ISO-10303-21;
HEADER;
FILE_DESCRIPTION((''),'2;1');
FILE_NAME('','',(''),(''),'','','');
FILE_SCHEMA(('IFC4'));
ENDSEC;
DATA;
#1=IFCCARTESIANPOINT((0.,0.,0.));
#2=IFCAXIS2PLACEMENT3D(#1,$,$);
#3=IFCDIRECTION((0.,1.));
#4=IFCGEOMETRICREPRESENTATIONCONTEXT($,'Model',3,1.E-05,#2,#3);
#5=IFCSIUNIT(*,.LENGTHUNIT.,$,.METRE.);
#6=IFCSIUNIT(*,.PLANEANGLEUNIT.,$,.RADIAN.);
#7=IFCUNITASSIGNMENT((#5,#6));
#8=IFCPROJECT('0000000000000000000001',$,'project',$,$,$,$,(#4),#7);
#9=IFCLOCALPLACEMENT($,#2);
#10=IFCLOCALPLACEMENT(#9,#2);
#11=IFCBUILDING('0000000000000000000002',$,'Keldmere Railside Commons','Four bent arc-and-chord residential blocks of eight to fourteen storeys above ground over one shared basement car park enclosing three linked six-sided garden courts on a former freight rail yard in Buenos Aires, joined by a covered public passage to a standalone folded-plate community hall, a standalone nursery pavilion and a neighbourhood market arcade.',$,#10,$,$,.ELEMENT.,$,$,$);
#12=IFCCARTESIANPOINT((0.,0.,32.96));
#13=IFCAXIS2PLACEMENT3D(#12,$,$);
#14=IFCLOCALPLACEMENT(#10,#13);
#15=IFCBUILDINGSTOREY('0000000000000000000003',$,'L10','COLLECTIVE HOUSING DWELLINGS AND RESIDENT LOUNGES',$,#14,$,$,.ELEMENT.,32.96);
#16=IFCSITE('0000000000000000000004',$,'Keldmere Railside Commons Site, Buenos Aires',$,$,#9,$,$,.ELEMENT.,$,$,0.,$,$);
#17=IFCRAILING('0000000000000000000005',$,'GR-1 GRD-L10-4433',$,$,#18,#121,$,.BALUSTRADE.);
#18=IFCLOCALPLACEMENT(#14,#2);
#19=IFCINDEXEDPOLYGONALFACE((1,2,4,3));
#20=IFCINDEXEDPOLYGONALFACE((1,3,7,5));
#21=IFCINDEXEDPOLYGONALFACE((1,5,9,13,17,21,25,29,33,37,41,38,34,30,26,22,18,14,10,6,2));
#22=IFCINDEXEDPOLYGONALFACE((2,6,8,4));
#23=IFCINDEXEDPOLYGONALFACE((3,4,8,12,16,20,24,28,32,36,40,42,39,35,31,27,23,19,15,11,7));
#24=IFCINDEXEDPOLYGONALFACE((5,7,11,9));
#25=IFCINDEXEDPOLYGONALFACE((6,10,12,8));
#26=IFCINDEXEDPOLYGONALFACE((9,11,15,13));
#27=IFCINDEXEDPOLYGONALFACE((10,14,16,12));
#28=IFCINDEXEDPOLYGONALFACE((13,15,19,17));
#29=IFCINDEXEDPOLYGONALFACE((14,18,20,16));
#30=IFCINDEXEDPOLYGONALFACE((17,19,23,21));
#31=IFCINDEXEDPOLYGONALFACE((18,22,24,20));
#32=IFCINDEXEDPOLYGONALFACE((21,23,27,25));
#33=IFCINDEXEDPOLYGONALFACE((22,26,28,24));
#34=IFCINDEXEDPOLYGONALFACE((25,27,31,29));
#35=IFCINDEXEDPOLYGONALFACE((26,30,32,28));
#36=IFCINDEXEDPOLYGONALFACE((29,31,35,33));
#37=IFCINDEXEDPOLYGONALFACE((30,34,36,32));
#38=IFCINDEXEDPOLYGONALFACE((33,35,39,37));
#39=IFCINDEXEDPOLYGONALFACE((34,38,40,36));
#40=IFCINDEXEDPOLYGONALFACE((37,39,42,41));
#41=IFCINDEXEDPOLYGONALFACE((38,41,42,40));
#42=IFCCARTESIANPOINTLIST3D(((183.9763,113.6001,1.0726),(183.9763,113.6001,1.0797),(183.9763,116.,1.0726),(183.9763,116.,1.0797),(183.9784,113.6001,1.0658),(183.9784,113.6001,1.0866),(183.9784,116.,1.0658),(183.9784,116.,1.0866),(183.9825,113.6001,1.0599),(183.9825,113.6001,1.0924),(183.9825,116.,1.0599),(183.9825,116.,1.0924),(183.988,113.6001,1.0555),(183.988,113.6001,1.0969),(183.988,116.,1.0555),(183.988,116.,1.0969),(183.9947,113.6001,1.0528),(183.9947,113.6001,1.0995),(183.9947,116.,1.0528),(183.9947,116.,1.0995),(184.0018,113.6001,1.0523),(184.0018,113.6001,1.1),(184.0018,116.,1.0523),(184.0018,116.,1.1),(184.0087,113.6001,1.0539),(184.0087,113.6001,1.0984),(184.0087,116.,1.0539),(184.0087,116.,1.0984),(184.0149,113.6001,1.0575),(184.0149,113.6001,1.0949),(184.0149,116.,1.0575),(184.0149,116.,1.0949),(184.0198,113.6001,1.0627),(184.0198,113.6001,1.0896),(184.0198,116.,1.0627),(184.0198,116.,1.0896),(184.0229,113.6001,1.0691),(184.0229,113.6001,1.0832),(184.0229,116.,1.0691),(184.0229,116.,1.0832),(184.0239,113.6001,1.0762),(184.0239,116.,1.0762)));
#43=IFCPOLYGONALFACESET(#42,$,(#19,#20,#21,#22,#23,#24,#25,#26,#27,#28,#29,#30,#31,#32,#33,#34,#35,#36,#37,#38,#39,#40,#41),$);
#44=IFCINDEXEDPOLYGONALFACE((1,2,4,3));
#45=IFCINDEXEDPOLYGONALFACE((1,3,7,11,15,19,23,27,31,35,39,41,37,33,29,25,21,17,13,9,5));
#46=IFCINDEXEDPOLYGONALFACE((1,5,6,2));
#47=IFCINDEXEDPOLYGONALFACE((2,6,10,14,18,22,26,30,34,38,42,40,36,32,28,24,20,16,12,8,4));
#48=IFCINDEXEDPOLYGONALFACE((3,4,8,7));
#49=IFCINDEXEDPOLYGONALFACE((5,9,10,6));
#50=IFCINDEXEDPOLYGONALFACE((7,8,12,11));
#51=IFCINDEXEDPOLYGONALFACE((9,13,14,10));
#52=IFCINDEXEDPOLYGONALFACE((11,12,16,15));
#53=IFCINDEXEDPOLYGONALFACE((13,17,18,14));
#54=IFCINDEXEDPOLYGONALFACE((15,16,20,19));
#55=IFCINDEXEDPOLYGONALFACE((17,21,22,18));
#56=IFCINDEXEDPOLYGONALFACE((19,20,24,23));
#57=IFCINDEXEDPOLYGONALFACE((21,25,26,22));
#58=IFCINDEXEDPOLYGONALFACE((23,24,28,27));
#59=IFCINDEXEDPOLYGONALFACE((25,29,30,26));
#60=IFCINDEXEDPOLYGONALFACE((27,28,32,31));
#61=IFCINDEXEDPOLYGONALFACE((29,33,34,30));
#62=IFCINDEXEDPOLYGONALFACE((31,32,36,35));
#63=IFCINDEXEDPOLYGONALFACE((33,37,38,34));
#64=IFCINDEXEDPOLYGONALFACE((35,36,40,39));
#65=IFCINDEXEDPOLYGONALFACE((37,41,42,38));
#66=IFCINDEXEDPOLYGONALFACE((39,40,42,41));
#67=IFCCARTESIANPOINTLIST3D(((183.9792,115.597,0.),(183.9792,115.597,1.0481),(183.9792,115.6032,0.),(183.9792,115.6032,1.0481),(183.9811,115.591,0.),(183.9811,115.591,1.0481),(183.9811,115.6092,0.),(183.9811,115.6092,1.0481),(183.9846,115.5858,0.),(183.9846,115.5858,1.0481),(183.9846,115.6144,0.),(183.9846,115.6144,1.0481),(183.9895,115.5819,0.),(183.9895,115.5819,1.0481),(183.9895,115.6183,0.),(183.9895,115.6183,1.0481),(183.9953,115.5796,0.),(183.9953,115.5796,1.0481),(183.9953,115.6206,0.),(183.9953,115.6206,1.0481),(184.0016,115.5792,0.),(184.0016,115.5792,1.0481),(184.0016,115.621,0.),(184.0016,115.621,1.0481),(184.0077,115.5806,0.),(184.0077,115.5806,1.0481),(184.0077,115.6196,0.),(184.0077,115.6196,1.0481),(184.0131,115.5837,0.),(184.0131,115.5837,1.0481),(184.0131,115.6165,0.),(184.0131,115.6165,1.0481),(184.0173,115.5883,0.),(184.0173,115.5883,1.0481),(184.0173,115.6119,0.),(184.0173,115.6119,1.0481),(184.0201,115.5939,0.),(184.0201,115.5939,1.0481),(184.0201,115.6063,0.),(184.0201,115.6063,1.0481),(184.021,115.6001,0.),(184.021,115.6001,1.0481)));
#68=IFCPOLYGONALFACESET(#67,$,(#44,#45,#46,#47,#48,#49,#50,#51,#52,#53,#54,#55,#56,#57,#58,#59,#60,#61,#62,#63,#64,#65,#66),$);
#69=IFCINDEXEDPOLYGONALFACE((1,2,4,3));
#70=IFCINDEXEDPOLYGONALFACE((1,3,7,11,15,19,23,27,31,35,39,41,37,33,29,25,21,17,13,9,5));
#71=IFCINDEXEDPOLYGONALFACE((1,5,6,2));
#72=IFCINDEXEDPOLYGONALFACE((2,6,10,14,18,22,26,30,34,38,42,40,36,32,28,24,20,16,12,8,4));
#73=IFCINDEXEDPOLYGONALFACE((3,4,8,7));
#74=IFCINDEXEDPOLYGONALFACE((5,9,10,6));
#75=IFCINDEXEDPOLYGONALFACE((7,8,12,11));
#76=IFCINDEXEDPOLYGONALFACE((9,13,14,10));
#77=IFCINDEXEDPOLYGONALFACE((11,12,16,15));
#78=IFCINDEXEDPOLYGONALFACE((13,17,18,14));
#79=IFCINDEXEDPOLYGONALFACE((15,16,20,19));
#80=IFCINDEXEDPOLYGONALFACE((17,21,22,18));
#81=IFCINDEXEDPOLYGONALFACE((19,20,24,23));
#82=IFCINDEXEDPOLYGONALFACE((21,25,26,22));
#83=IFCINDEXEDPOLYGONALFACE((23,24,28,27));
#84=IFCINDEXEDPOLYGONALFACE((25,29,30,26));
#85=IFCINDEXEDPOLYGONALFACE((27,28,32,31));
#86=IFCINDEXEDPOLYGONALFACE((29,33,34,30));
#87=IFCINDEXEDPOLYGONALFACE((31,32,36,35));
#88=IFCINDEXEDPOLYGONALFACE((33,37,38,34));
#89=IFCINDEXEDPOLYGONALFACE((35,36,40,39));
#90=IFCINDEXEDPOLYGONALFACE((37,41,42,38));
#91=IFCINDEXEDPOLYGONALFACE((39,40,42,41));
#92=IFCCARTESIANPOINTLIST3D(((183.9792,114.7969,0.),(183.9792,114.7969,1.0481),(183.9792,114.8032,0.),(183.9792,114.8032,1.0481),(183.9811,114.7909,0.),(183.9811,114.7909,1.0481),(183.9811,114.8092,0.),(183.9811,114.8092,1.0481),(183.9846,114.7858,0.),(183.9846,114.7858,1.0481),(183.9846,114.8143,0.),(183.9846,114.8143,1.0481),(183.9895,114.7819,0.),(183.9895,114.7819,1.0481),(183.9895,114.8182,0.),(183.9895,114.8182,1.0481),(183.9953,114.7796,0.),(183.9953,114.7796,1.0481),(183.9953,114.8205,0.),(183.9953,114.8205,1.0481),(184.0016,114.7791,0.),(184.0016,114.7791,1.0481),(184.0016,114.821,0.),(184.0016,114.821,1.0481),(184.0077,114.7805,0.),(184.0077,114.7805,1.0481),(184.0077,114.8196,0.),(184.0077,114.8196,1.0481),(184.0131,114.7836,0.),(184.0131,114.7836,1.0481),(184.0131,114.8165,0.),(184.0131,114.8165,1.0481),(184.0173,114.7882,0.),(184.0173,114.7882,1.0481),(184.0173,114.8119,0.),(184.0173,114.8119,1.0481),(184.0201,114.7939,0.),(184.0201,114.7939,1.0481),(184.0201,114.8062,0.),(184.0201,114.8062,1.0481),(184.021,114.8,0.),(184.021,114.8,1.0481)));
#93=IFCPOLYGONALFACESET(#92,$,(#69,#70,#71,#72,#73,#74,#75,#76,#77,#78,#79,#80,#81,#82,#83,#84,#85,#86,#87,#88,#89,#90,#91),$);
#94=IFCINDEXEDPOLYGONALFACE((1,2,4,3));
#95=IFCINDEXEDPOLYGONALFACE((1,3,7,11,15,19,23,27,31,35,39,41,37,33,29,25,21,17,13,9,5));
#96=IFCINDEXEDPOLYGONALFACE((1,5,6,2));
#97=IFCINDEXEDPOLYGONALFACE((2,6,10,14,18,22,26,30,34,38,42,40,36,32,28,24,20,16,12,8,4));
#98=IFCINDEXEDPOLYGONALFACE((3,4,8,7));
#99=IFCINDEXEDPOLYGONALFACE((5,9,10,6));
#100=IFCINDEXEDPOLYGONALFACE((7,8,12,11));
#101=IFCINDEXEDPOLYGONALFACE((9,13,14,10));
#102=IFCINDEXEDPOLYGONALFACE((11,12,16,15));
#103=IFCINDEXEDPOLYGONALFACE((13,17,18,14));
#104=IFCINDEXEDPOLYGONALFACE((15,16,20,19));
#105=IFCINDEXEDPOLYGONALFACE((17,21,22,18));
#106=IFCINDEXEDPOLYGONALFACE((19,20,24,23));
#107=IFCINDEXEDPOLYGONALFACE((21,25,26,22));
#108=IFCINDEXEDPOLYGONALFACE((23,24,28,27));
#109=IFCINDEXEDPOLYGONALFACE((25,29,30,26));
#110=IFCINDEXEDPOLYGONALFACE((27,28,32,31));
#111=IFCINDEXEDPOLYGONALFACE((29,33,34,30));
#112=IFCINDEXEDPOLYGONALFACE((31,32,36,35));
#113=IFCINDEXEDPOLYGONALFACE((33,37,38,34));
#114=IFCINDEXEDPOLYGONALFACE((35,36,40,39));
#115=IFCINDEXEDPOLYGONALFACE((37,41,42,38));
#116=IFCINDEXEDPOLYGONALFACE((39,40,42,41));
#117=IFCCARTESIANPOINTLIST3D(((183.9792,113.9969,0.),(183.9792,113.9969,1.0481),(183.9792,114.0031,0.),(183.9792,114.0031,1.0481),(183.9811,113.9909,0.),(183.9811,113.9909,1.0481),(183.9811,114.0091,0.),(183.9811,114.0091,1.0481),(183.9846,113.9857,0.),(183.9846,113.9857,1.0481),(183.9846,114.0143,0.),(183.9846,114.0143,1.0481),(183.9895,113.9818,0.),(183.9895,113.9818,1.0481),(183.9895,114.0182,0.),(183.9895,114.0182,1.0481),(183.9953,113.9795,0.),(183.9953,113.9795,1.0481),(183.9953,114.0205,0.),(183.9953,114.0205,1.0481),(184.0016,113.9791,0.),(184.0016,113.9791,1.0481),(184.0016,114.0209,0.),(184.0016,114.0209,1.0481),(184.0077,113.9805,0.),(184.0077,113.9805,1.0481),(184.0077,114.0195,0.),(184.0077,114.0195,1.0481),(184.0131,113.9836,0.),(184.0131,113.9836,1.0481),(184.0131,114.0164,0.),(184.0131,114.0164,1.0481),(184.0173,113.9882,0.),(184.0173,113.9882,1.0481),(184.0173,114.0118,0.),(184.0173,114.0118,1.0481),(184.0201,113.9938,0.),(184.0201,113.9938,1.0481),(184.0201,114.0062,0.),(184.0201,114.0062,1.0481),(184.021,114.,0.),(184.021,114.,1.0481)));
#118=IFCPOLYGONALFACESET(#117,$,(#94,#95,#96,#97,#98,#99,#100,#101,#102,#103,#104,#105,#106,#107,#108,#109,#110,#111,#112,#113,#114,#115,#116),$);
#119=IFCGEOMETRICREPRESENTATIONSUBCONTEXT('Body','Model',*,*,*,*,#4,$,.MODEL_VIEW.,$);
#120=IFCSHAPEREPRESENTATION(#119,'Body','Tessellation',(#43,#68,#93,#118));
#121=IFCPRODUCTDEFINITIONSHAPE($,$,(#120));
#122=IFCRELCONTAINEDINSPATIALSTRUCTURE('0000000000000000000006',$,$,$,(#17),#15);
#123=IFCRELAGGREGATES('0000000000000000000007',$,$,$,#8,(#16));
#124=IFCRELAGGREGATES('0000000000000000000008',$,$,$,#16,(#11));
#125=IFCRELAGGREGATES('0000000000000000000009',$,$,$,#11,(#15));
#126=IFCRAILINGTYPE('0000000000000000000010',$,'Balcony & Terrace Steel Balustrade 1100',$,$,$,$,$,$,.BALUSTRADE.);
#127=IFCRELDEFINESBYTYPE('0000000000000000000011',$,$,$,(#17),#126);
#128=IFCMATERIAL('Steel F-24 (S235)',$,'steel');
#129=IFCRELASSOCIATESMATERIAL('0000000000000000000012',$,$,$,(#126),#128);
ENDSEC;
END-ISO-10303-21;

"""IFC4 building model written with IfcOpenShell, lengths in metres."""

from ifc_helpers import new_model, si_unit, direction, frame, origin, origin_2d, place, context, subcontext, project, spatial, circle, extrude, material, type_object, element, save


model = new_model("IFC4")

# Units and contexts
model_context = context("Model", 3, precision=1e-05, world=origin(), true_north=direction((0.0, 1.0)))
body_context = subcontext(model_context, "Body", "Model", "MODEL_VIEW")
ifc_project = project(units=[si_unit("LENGTHUNIT", "METRE"), si_unit("PLANEANGLEUNIT", "RADIAN")], contexts=[model_context])

# Site, building, storey
site_placement = place(None, origin())
site = spatial("IfcSite", under=ifc_project, at=site_placement, Name="Keldmere Railside Commons Site, Buenos Aires", CompositionType="ELEMENT", RefElevation=0.0)
building_placement = place(site_placement, origin())
building = spatial("IfcBuilding", under=site, at=building_placement, Name="Keldmere Railside Commons", Description="Four bent arc-and-chord residential blocks of eight to fourteen storeys above ground over one shared basement car park enclosing three linked six-sided garden courts on a former freight rail yard in Buenos Aires, joined by a covered public passage to a standalone folded-plate community hall, a standalone nursery pavilion and a neighbourhood market arcade.", CompositionType="ELEMENT")
storey_placement = place(building_placement, frame((0.0, 0.0, 32.96)))
storey = spatial("IfcBuildingStorey", under=building, at=storey_placement, Name="L10", Description="COLLECTIVE HOUSING DWELLINGS AND RESIDENT LOUNGES", CompositionType="ELEMENT", Elevation=32.96)

# Railing
ifc_material_1 = material(Name="Steel F-24 (S235)", Category="steel")
railing_type = type_object("IfcRailingType", Name="Balcony & Terrace Steel Balustrade 1100", PredefinedType="BALUSTRADE", material=ifc_material_1)
railing_1_placement = place(storey_placement, frame((184.0, 116.0, 0.0)))
element("IfcRailing", 1, at=railing_1_placement, inside=storey, type_object=railing_type, Name="GR-1 GRD-L10-4433", PredefinedType="BALUSTRADE", context=body_context, shape_type="SweptSolid", body=[
    extrude(circle(Radius=0.0239, at=origin_2d()), frame((0.0, 0.0, 1.0762), z_axis=(0.0, -1.0, 0.0), x_axis=(1.0, 0.0, 0.0)), (0.0, 0.0, 1.0), 2.3999),
    extrude(circle(Radius=0.021, at=origin_2d()), frame((0.0, -0.3999, 0.0)), (0.0, 0.0, 1.0), 1.0481),
    extrude(circle(Radius=0.021, at=origin_2d()), frame((0.0, -1.2, 0.0)), (0.0, 0.0, 1.0), 1.0481),
    extrude(circle(Radius=0.021, at=origin_2d()), frame((0.0, -2.0, 0.0)), (0.0, 0.0, 1.0), 1.0481),
])

save(model, "model.ifc")
